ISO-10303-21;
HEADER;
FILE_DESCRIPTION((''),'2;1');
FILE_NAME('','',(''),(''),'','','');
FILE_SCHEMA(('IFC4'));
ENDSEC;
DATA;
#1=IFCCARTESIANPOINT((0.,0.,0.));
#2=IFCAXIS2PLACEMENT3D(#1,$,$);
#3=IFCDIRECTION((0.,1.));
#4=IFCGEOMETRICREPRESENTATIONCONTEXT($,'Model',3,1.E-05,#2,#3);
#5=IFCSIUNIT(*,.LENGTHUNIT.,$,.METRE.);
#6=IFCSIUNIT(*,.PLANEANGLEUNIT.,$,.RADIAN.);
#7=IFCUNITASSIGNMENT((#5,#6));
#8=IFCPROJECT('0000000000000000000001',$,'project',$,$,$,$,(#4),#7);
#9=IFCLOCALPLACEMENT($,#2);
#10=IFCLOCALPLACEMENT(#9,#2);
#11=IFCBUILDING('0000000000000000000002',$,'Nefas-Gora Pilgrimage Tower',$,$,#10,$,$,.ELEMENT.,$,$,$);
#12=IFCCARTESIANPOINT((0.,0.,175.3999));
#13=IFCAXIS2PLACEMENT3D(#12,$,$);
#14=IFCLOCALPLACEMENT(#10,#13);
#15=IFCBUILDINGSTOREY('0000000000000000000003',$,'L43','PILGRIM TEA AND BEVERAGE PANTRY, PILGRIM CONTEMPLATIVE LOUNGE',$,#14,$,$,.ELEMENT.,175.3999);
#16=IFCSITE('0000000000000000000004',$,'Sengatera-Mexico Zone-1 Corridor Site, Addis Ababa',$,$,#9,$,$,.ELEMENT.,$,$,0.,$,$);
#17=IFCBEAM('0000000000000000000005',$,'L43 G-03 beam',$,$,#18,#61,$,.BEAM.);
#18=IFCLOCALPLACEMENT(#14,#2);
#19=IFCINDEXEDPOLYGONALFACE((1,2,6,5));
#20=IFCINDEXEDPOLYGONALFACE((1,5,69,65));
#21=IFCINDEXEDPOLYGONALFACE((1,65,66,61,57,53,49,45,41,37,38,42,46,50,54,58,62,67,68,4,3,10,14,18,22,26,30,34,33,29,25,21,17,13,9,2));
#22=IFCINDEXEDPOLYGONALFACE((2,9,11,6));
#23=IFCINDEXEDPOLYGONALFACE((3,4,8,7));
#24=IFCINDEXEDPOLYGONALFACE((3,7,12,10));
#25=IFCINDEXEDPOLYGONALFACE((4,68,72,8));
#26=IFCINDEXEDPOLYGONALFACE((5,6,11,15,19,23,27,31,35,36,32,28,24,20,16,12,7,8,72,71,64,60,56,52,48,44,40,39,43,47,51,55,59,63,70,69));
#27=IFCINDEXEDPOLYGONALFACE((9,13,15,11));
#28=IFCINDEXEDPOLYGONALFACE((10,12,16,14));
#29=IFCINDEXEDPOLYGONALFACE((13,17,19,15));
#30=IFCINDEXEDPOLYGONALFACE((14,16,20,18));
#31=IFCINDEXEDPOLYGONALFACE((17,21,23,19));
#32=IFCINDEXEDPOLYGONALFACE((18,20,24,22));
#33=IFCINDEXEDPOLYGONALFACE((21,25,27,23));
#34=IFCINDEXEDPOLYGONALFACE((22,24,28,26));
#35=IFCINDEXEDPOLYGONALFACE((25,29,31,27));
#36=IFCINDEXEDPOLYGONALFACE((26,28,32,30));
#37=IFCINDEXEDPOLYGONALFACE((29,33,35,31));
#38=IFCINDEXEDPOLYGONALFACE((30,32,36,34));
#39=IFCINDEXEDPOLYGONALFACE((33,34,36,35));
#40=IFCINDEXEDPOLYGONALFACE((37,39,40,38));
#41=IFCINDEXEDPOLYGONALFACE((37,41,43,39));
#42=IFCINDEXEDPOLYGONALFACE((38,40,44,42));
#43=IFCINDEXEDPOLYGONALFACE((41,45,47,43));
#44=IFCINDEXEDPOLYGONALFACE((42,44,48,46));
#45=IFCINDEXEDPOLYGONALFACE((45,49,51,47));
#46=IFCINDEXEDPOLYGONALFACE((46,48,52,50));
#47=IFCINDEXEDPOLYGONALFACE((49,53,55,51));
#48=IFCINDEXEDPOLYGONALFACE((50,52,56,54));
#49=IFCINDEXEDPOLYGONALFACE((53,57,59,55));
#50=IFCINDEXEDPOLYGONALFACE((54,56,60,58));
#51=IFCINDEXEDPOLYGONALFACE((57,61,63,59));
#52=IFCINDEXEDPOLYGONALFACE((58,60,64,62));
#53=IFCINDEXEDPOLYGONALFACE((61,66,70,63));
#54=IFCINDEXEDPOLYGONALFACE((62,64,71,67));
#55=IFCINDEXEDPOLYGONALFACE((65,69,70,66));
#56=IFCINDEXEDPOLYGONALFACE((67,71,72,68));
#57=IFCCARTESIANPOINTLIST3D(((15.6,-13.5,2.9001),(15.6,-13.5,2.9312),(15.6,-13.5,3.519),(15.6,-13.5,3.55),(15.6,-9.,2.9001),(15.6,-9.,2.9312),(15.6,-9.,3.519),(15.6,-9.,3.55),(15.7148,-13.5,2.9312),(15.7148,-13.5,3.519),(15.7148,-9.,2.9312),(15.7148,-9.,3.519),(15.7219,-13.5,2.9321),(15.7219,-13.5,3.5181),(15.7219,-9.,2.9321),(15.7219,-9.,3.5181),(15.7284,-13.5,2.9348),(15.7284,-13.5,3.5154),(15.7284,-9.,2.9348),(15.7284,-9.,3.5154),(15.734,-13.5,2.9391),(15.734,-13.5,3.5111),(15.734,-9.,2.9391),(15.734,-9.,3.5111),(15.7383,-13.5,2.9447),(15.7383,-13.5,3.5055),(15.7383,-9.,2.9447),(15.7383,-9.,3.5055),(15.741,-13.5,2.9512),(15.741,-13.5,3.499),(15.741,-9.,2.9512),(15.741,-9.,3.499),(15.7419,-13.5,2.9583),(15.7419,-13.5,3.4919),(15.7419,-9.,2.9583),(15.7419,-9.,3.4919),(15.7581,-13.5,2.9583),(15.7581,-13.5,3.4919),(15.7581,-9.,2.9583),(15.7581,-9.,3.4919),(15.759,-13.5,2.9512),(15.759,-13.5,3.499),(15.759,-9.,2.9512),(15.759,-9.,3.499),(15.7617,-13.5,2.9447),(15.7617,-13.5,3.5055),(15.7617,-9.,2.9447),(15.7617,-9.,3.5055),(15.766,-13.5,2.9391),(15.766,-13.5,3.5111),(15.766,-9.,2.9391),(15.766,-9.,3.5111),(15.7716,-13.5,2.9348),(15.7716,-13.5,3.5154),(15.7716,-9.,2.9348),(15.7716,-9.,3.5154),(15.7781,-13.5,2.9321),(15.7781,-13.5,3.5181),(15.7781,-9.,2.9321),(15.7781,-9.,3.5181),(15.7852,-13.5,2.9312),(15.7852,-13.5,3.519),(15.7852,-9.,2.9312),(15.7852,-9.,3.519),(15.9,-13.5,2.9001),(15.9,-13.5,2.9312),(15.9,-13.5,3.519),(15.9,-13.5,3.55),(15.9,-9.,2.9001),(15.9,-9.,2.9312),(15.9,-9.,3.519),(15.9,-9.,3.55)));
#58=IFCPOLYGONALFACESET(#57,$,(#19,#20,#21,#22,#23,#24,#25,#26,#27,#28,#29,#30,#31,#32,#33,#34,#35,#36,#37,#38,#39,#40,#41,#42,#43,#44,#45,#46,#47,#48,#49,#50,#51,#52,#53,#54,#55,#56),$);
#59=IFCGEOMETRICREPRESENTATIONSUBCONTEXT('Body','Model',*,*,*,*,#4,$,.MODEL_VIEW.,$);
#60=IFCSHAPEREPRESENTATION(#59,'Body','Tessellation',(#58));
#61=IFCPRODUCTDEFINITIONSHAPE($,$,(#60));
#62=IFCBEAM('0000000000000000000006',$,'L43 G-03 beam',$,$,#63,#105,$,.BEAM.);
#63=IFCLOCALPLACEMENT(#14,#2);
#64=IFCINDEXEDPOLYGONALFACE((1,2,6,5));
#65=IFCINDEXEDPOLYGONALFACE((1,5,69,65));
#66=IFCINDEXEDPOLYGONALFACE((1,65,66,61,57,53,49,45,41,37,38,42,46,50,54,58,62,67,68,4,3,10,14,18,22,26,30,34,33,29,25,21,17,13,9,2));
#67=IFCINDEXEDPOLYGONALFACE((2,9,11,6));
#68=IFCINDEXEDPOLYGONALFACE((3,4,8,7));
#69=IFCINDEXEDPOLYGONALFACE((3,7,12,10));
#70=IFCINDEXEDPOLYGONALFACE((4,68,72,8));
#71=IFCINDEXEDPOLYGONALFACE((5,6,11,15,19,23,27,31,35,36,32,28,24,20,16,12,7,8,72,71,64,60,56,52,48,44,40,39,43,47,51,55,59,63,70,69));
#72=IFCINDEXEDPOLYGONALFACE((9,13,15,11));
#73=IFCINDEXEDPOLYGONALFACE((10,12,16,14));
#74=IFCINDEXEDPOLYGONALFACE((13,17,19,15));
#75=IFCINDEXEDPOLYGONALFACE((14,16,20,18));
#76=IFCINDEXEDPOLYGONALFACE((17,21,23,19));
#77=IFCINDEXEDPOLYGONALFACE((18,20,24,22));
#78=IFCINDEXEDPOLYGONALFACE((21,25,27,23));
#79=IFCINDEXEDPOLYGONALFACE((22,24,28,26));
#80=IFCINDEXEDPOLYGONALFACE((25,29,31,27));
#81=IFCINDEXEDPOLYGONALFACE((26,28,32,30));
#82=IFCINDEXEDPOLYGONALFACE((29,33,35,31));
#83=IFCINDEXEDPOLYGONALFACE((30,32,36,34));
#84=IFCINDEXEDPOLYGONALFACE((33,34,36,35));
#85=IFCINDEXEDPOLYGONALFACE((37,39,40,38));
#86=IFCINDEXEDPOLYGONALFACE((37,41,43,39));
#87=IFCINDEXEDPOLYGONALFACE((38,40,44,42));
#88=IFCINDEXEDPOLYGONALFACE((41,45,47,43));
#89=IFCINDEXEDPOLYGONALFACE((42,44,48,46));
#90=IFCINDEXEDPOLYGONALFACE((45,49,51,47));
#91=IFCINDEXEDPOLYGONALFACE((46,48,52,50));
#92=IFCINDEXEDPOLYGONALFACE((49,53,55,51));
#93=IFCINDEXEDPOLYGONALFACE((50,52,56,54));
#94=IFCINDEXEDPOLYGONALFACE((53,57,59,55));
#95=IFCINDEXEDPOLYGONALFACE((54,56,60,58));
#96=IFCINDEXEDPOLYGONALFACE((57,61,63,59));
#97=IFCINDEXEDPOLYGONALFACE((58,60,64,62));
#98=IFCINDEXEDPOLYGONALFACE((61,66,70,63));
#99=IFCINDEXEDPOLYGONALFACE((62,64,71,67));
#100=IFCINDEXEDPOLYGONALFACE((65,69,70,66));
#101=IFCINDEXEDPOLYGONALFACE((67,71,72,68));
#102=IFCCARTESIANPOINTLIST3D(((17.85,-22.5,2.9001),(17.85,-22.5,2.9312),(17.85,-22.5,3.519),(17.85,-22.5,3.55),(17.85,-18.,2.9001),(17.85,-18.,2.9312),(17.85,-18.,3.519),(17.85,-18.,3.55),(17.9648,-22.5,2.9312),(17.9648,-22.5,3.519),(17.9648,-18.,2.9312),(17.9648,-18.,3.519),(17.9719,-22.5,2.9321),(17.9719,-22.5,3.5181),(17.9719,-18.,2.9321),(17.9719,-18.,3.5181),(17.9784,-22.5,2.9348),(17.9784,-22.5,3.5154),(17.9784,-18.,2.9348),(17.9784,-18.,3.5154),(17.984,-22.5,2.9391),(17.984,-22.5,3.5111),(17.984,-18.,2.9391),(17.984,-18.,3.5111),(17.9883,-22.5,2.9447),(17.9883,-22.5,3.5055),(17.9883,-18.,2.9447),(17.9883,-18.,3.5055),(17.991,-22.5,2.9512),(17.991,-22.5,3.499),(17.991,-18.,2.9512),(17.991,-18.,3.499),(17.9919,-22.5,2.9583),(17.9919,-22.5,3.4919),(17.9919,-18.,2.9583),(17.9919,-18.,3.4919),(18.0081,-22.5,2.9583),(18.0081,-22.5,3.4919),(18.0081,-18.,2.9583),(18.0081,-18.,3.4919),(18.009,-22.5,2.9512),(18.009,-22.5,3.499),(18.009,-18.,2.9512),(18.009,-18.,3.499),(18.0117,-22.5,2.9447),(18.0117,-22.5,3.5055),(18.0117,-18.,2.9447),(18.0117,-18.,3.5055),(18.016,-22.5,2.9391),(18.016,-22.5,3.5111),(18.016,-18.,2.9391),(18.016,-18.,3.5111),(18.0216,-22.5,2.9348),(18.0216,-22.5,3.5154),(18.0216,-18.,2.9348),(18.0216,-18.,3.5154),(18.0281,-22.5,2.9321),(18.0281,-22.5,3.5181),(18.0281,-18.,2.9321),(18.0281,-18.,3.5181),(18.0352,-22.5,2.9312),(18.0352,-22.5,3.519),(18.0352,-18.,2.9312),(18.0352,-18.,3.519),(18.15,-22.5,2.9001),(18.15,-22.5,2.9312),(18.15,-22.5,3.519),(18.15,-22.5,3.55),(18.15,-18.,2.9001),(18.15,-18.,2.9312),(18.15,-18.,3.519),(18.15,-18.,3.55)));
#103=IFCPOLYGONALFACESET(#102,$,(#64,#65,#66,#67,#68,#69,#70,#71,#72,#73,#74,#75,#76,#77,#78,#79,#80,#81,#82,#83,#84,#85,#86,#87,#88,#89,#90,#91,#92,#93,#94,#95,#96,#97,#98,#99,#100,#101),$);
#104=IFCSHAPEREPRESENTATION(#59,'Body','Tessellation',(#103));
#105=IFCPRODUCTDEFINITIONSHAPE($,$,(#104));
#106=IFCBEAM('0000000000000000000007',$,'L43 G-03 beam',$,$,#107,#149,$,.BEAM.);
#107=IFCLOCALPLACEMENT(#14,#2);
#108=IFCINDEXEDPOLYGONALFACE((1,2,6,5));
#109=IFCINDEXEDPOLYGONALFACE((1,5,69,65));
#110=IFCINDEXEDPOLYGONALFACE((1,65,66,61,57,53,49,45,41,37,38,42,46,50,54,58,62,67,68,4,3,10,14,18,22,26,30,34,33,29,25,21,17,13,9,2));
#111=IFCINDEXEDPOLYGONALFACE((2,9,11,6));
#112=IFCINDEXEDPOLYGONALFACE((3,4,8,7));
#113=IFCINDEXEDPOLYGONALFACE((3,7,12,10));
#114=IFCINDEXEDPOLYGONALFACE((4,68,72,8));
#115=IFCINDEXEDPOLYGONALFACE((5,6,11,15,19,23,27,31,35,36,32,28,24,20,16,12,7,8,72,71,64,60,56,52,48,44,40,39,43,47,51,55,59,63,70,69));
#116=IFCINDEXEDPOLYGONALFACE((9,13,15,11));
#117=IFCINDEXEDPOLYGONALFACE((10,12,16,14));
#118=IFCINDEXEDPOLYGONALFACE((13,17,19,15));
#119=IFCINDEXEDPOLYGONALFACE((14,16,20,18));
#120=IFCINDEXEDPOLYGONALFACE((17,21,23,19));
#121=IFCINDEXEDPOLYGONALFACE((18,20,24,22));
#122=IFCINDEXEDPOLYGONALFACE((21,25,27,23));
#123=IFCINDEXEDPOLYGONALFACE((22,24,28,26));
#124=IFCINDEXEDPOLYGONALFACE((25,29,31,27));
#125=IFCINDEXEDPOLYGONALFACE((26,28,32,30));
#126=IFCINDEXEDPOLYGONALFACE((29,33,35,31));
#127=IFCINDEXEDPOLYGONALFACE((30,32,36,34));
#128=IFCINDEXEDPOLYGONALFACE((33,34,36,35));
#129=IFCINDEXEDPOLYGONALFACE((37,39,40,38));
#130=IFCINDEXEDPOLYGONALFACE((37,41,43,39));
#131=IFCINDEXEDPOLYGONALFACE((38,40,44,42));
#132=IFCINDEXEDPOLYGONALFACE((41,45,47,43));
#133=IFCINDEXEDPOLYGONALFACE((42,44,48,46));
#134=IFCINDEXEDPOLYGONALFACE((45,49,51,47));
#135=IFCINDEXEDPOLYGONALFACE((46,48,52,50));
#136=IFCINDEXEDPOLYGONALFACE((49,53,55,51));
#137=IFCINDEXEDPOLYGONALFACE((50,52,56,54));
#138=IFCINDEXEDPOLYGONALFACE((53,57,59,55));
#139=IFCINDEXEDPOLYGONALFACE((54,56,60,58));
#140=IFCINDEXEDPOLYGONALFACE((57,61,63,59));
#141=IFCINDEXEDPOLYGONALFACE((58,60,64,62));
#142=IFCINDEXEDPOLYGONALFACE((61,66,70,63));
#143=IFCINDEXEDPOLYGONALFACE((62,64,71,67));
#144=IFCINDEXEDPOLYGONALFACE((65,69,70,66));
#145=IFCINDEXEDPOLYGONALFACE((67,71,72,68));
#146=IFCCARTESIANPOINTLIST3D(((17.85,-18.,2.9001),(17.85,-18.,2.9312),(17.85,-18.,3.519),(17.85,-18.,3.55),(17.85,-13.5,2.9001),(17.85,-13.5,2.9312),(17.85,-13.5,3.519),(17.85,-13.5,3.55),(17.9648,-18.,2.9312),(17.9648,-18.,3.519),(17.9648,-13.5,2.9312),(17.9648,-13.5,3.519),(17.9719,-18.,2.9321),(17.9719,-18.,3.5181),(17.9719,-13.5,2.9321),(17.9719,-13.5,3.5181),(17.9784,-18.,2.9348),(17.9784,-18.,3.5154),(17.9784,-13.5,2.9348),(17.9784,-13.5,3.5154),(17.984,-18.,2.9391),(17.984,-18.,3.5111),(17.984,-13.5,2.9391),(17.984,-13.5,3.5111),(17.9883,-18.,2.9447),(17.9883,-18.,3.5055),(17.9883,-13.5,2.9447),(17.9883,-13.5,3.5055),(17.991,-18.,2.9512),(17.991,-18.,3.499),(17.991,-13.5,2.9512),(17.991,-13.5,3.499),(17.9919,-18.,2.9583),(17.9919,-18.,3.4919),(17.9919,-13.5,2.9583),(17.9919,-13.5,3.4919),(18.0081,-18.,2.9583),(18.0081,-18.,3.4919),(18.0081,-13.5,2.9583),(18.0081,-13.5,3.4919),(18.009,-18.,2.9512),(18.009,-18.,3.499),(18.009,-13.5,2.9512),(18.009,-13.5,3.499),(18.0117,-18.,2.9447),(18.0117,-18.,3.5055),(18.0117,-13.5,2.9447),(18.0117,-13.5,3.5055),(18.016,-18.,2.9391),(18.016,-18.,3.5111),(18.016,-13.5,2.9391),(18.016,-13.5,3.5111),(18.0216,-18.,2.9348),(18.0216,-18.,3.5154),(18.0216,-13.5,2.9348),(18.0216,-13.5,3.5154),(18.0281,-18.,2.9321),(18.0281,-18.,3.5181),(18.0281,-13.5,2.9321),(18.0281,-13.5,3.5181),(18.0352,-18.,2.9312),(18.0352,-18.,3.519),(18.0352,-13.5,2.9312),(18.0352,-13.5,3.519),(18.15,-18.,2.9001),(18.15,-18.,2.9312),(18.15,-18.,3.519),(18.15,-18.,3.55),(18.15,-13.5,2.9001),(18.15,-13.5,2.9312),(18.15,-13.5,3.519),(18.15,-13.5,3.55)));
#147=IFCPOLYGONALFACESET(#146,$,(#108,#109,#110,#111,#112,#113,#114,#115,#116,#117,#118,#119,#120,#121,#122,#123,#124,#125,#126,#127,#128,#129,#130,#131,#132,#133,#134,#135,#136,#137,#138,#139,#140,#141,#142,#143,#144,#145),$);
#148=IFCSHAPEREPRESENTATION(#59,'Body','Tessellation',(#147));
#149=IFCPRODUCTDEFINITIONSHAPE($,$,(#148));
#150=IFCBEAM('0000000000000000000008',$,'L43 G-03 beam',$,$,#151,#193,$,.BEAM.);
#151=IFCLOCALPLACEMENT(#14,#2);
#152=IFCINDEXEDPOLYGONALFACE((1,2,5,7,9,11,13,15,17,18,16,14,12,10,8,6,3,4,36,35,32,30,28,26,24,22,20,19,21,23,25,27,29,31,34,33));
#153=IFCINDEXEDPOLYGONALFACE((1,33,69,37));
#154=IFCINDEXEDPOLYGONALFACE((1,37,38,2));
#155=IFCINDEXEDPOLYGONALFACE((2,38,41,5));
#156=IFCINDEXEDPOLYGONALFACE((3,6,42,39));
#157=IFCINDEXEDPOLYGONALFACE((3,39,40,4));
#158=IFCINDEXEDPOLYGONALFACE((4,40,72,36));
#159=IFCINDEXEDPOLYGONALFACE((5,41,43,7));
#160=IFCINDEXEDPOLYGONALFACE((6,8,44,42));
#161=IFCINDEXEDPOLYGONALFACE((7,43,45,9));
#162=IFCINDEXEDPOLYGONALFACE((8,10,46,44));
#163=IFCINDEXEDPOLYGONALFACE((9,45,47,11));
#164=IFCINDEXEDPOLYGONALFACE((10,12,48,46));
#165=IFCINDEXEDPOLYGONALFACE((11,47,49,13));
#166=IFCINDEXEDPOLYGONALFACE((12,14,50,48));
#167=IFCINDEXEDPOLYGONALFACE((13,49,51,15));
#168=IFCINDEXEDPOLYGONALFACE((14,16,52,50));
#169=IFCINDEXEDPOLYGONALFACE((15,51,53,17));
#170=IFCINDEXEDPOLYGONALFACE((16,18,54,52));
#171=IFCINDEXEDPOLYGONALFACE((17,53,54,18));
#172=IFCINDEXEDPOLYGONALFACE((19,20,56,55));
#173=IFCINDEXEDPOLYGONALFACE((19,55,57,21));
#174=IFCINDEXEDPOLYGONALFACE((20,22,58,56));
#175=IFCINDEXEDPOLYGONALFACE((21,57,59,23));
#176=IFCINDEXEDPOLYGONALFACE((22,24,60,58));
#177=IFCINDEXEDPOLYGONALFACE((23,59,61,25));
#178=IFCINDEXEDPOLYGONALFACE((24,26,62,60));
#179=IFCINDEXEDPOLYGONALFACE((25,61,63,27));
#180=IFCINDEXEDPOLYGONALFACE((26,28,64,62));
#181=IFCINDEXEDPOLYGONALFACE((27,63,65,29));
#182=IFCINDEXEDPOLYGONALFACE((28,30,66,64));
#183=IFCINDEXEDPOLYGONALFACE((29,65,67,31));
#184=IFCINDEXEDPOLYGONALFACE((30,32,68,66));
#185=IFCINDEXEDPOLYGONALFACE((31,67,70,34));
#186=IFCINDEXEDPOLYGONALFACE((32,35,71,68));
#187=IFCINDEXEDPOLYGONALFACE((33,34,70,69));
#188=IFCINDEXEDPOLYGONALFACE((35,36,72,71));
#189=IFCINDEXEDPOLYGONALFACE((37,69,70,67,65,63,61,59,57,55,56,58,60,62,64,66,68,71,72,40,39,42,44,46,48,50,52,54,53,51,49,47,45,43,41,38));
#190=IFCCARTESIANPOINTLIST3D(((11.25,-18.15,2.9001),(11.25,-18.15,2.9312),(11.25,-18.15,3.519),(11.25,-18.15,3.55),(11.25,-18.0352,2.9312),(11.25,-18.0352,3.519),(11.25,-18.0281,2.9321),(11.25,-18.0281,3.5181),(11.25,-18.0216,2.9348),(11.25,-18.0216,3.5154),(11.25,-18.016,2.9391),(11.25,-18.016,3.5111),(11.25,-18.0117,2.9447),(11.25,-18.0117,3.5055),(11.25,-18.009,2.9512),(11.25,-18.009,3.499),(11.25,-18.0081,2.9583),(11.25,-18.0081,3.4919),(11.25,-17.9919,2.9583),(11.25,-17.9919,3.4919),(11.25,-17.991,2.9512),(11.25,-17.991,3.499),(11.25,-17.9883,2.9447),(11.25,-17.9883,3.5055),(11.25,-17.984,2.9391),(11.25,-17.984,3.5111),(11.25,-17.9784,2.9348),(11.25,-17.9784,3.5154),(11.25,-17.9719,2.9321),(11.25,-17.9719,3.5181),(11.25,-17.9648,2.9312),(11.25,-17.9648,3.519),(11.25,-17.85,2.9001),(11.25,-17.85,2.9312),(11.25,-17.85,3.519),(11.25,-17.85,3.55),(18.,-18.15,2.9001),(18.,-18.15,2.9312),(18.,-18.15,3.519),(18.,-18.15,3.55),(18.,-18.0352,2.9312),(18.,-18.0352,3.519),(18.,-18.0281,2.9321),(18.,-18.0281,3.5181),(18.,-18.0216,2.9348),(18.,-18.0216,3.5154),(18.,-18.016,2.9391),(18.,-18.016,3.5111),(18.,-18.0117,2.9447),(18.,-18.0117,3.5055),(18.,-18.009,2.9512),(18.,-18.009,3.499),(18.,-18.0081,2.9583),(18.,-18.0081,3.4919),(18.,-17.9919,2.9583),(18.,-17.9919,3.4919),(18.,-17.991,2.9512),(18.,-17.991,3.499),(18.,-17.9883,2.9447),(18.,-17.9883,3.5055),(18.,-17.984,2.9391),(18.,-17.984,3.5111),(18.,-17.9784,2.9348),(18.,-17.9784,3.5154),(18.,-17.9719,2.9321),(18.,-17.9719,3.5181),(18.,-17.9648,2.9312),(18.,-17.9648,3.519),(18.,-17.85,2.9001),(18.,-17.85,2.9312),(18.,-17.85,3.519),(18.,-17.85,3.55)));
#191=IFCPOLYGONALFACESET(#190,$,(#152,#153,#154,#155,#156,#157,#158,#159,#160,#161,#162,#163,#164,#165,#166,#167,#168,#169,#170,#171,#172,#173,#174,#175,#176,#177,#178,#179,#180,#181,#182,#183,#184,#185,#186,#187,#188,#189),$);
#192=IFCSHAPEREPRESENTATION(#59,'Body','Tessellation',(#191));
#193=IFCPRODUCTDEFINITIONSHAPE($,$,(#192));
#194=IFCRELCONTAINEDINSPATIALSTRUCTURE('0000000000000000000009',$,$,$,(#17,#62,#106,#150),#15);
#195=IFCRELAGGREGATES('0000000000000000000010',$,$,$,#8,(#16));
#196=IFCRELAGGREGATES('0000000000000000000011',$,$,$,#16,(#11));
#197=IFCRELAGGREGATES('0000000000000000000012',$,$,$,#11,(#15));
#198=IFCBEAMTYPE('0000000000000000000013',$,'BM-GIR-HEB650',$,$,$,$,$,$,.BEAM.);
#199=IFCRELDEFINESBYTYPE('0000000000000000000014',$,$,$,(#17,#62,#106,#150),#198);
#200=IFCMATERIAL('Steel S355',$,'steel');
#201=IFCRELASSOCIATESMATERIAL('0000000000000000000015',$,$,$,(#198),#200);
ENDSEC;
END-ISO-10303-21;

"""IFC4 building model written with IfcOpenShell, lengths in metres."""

from ifc_helpers import new_model, si_unit, direction, frame, origin, origin_2d, place, context, subcontext, project, spatial, i_section, extrude, source, transform, mapped, material, material_profile, profile_set, type_object, element, save


model = new_model("IFC4")

# Units and contexts
model_context = context("Model", 3, precision=1e-05, world=origin(), true_north=direction((0.0, 1.0)))
body_context = subcontext(model_context, "Body", "Model", "MODEL_VIEW")
ifc_project = project(units=[si_unit("LENGTHUNIT", "METRE"), si_unit("PLANEANGLEUNIT", "RADIAN")], contexts=[model_context])

# Site, building, storey
site_placement = place(None, origin())
site = spatial("IfcSite", under=ifc_project, at=site_placement, Name="Sengatera-Mexico Zone-1 Corridor Site, Addis Ababa", CompositionType="ELEMENT", RefElevation=0.0)
building_placement = place(site_placement, origin())
building = spatial("IfcBuilding", under=site, at=building_placement, Name="Nefas-Gora Pilgrimage Tower", CompositionType="ELEMENT")
storey_placement = place(building_placement, frame((0.0, 0.0, 175.3999)))
storey = spatial("IfcBuildingStorey", under=building, at=storey_placement, Name="L43", Description="PILGRIM TEA AND BEVERAGE PANTRY, PILGRIM CONTEMPLATIVE LOUNGE", CompositionType="ELEMENT", Elevation=175.3999)

# Beams
ifc_material_1 = material(Name="Steel S355", Category="steel")
ifc_material_profile_1 = material_profile(ifc_material_1, i_section(OverallWidth=0.3, OverallDepth=0.6499, WebThickness=0.0161, FlangeThickness=0.031, FilletRadius=0.0271, at=origin_2d()), Name="HEB 650")
ifc_profile_set_1 = profile_set([ifc_material_profile_1], Name="Steel S355")
beam_type_1 = type_object("IfcBeamType", Name="BM-GIR-HEB650", PredefinedType="BEAM", material=ifc_profile_set_1)
shared_shape_1 = source(origin(), body_context, "Body", "SweptSolid", [
    extrude(i_section(OverallWidth=0.3, OverallDepth=0.6499, WebThickness=0.0161, FlangeThickness=0.031, FilletRadius=0.0271, at=origin_2d()), origin(), (0.0, 0.0, 1.0), 4.5),
])
for number, where, z_axis, x_axis, name in (
    (1, (15.75, -13.5, 3.2251), (0.0, 1.0, 0.0), (-1.0, 0.0, 0.0), "L43 G-03 beam"),
    (2, (18.0, -22.5, 3.2251), (0.0, 1.0, 0.0), (-1.0, 0.0, 0.0), "L43 G-03 beam"),
    (3, (18.0, -18.0, 3.2251), (0.0, 1.0, 0.0), (-1.0, 0.0, 0.0), "L43 G-03 beam"),
):
    element("IfcBeam", number, at=place(storey_placement, frame(where, z_axis=z_axis, x_axis=x_axis)), inside=storey, type_object=beam_type_1, Name=name, PredefinedType="BEAM", context=body_context, shape_type="MappedRepresentation", body=[
        mapped(shared_shape_1, transform((0.0, 0.0, 0.0), x_axis=(1.0, 0.0, 0.0), y_axis=(0.0, 1.0, 0.0), z_axis=(0.0, 0.0, 1.0), scale=1.0)),
    ])
shared_shape_2 = source(origin(), body_context, "Body", "SweptSolid", [
    extrude(i_section(OverallWidth=0.3, OverallDepth=0.6499, WebThickness=0.0161, FlangeThickness=0.031, FilletRadius=0.0271, at=origin_2d()), origin(), (0.0, 0.0, 1.0), 6.75),
])
beam_1_placement = place(storey_placement, frame((11.25, -18.0, 3.2251), z_axis=(1.0, 0.0, 0.0), x_axis=(0.0, 1.0, 0.0)))
element("IfcBeam", 4, at=beam_1_placement, inside=storey, type_object=beam_type_1, Name="L43 G-03 beam", PredefinedType="BEAM", context=body_context, shape_type="MappedRepresentation", body=[
    mapped(shared_shape_2, transform((0.0, 0.0, 0.0), x_axis=(1.0, 0.0, 0.0), y_axis=(0.0, 1.0, 0.0), z_axis=(0.0, 0.0, 1.0), scale=1.0)),
])

save(model, "model.ifc")
